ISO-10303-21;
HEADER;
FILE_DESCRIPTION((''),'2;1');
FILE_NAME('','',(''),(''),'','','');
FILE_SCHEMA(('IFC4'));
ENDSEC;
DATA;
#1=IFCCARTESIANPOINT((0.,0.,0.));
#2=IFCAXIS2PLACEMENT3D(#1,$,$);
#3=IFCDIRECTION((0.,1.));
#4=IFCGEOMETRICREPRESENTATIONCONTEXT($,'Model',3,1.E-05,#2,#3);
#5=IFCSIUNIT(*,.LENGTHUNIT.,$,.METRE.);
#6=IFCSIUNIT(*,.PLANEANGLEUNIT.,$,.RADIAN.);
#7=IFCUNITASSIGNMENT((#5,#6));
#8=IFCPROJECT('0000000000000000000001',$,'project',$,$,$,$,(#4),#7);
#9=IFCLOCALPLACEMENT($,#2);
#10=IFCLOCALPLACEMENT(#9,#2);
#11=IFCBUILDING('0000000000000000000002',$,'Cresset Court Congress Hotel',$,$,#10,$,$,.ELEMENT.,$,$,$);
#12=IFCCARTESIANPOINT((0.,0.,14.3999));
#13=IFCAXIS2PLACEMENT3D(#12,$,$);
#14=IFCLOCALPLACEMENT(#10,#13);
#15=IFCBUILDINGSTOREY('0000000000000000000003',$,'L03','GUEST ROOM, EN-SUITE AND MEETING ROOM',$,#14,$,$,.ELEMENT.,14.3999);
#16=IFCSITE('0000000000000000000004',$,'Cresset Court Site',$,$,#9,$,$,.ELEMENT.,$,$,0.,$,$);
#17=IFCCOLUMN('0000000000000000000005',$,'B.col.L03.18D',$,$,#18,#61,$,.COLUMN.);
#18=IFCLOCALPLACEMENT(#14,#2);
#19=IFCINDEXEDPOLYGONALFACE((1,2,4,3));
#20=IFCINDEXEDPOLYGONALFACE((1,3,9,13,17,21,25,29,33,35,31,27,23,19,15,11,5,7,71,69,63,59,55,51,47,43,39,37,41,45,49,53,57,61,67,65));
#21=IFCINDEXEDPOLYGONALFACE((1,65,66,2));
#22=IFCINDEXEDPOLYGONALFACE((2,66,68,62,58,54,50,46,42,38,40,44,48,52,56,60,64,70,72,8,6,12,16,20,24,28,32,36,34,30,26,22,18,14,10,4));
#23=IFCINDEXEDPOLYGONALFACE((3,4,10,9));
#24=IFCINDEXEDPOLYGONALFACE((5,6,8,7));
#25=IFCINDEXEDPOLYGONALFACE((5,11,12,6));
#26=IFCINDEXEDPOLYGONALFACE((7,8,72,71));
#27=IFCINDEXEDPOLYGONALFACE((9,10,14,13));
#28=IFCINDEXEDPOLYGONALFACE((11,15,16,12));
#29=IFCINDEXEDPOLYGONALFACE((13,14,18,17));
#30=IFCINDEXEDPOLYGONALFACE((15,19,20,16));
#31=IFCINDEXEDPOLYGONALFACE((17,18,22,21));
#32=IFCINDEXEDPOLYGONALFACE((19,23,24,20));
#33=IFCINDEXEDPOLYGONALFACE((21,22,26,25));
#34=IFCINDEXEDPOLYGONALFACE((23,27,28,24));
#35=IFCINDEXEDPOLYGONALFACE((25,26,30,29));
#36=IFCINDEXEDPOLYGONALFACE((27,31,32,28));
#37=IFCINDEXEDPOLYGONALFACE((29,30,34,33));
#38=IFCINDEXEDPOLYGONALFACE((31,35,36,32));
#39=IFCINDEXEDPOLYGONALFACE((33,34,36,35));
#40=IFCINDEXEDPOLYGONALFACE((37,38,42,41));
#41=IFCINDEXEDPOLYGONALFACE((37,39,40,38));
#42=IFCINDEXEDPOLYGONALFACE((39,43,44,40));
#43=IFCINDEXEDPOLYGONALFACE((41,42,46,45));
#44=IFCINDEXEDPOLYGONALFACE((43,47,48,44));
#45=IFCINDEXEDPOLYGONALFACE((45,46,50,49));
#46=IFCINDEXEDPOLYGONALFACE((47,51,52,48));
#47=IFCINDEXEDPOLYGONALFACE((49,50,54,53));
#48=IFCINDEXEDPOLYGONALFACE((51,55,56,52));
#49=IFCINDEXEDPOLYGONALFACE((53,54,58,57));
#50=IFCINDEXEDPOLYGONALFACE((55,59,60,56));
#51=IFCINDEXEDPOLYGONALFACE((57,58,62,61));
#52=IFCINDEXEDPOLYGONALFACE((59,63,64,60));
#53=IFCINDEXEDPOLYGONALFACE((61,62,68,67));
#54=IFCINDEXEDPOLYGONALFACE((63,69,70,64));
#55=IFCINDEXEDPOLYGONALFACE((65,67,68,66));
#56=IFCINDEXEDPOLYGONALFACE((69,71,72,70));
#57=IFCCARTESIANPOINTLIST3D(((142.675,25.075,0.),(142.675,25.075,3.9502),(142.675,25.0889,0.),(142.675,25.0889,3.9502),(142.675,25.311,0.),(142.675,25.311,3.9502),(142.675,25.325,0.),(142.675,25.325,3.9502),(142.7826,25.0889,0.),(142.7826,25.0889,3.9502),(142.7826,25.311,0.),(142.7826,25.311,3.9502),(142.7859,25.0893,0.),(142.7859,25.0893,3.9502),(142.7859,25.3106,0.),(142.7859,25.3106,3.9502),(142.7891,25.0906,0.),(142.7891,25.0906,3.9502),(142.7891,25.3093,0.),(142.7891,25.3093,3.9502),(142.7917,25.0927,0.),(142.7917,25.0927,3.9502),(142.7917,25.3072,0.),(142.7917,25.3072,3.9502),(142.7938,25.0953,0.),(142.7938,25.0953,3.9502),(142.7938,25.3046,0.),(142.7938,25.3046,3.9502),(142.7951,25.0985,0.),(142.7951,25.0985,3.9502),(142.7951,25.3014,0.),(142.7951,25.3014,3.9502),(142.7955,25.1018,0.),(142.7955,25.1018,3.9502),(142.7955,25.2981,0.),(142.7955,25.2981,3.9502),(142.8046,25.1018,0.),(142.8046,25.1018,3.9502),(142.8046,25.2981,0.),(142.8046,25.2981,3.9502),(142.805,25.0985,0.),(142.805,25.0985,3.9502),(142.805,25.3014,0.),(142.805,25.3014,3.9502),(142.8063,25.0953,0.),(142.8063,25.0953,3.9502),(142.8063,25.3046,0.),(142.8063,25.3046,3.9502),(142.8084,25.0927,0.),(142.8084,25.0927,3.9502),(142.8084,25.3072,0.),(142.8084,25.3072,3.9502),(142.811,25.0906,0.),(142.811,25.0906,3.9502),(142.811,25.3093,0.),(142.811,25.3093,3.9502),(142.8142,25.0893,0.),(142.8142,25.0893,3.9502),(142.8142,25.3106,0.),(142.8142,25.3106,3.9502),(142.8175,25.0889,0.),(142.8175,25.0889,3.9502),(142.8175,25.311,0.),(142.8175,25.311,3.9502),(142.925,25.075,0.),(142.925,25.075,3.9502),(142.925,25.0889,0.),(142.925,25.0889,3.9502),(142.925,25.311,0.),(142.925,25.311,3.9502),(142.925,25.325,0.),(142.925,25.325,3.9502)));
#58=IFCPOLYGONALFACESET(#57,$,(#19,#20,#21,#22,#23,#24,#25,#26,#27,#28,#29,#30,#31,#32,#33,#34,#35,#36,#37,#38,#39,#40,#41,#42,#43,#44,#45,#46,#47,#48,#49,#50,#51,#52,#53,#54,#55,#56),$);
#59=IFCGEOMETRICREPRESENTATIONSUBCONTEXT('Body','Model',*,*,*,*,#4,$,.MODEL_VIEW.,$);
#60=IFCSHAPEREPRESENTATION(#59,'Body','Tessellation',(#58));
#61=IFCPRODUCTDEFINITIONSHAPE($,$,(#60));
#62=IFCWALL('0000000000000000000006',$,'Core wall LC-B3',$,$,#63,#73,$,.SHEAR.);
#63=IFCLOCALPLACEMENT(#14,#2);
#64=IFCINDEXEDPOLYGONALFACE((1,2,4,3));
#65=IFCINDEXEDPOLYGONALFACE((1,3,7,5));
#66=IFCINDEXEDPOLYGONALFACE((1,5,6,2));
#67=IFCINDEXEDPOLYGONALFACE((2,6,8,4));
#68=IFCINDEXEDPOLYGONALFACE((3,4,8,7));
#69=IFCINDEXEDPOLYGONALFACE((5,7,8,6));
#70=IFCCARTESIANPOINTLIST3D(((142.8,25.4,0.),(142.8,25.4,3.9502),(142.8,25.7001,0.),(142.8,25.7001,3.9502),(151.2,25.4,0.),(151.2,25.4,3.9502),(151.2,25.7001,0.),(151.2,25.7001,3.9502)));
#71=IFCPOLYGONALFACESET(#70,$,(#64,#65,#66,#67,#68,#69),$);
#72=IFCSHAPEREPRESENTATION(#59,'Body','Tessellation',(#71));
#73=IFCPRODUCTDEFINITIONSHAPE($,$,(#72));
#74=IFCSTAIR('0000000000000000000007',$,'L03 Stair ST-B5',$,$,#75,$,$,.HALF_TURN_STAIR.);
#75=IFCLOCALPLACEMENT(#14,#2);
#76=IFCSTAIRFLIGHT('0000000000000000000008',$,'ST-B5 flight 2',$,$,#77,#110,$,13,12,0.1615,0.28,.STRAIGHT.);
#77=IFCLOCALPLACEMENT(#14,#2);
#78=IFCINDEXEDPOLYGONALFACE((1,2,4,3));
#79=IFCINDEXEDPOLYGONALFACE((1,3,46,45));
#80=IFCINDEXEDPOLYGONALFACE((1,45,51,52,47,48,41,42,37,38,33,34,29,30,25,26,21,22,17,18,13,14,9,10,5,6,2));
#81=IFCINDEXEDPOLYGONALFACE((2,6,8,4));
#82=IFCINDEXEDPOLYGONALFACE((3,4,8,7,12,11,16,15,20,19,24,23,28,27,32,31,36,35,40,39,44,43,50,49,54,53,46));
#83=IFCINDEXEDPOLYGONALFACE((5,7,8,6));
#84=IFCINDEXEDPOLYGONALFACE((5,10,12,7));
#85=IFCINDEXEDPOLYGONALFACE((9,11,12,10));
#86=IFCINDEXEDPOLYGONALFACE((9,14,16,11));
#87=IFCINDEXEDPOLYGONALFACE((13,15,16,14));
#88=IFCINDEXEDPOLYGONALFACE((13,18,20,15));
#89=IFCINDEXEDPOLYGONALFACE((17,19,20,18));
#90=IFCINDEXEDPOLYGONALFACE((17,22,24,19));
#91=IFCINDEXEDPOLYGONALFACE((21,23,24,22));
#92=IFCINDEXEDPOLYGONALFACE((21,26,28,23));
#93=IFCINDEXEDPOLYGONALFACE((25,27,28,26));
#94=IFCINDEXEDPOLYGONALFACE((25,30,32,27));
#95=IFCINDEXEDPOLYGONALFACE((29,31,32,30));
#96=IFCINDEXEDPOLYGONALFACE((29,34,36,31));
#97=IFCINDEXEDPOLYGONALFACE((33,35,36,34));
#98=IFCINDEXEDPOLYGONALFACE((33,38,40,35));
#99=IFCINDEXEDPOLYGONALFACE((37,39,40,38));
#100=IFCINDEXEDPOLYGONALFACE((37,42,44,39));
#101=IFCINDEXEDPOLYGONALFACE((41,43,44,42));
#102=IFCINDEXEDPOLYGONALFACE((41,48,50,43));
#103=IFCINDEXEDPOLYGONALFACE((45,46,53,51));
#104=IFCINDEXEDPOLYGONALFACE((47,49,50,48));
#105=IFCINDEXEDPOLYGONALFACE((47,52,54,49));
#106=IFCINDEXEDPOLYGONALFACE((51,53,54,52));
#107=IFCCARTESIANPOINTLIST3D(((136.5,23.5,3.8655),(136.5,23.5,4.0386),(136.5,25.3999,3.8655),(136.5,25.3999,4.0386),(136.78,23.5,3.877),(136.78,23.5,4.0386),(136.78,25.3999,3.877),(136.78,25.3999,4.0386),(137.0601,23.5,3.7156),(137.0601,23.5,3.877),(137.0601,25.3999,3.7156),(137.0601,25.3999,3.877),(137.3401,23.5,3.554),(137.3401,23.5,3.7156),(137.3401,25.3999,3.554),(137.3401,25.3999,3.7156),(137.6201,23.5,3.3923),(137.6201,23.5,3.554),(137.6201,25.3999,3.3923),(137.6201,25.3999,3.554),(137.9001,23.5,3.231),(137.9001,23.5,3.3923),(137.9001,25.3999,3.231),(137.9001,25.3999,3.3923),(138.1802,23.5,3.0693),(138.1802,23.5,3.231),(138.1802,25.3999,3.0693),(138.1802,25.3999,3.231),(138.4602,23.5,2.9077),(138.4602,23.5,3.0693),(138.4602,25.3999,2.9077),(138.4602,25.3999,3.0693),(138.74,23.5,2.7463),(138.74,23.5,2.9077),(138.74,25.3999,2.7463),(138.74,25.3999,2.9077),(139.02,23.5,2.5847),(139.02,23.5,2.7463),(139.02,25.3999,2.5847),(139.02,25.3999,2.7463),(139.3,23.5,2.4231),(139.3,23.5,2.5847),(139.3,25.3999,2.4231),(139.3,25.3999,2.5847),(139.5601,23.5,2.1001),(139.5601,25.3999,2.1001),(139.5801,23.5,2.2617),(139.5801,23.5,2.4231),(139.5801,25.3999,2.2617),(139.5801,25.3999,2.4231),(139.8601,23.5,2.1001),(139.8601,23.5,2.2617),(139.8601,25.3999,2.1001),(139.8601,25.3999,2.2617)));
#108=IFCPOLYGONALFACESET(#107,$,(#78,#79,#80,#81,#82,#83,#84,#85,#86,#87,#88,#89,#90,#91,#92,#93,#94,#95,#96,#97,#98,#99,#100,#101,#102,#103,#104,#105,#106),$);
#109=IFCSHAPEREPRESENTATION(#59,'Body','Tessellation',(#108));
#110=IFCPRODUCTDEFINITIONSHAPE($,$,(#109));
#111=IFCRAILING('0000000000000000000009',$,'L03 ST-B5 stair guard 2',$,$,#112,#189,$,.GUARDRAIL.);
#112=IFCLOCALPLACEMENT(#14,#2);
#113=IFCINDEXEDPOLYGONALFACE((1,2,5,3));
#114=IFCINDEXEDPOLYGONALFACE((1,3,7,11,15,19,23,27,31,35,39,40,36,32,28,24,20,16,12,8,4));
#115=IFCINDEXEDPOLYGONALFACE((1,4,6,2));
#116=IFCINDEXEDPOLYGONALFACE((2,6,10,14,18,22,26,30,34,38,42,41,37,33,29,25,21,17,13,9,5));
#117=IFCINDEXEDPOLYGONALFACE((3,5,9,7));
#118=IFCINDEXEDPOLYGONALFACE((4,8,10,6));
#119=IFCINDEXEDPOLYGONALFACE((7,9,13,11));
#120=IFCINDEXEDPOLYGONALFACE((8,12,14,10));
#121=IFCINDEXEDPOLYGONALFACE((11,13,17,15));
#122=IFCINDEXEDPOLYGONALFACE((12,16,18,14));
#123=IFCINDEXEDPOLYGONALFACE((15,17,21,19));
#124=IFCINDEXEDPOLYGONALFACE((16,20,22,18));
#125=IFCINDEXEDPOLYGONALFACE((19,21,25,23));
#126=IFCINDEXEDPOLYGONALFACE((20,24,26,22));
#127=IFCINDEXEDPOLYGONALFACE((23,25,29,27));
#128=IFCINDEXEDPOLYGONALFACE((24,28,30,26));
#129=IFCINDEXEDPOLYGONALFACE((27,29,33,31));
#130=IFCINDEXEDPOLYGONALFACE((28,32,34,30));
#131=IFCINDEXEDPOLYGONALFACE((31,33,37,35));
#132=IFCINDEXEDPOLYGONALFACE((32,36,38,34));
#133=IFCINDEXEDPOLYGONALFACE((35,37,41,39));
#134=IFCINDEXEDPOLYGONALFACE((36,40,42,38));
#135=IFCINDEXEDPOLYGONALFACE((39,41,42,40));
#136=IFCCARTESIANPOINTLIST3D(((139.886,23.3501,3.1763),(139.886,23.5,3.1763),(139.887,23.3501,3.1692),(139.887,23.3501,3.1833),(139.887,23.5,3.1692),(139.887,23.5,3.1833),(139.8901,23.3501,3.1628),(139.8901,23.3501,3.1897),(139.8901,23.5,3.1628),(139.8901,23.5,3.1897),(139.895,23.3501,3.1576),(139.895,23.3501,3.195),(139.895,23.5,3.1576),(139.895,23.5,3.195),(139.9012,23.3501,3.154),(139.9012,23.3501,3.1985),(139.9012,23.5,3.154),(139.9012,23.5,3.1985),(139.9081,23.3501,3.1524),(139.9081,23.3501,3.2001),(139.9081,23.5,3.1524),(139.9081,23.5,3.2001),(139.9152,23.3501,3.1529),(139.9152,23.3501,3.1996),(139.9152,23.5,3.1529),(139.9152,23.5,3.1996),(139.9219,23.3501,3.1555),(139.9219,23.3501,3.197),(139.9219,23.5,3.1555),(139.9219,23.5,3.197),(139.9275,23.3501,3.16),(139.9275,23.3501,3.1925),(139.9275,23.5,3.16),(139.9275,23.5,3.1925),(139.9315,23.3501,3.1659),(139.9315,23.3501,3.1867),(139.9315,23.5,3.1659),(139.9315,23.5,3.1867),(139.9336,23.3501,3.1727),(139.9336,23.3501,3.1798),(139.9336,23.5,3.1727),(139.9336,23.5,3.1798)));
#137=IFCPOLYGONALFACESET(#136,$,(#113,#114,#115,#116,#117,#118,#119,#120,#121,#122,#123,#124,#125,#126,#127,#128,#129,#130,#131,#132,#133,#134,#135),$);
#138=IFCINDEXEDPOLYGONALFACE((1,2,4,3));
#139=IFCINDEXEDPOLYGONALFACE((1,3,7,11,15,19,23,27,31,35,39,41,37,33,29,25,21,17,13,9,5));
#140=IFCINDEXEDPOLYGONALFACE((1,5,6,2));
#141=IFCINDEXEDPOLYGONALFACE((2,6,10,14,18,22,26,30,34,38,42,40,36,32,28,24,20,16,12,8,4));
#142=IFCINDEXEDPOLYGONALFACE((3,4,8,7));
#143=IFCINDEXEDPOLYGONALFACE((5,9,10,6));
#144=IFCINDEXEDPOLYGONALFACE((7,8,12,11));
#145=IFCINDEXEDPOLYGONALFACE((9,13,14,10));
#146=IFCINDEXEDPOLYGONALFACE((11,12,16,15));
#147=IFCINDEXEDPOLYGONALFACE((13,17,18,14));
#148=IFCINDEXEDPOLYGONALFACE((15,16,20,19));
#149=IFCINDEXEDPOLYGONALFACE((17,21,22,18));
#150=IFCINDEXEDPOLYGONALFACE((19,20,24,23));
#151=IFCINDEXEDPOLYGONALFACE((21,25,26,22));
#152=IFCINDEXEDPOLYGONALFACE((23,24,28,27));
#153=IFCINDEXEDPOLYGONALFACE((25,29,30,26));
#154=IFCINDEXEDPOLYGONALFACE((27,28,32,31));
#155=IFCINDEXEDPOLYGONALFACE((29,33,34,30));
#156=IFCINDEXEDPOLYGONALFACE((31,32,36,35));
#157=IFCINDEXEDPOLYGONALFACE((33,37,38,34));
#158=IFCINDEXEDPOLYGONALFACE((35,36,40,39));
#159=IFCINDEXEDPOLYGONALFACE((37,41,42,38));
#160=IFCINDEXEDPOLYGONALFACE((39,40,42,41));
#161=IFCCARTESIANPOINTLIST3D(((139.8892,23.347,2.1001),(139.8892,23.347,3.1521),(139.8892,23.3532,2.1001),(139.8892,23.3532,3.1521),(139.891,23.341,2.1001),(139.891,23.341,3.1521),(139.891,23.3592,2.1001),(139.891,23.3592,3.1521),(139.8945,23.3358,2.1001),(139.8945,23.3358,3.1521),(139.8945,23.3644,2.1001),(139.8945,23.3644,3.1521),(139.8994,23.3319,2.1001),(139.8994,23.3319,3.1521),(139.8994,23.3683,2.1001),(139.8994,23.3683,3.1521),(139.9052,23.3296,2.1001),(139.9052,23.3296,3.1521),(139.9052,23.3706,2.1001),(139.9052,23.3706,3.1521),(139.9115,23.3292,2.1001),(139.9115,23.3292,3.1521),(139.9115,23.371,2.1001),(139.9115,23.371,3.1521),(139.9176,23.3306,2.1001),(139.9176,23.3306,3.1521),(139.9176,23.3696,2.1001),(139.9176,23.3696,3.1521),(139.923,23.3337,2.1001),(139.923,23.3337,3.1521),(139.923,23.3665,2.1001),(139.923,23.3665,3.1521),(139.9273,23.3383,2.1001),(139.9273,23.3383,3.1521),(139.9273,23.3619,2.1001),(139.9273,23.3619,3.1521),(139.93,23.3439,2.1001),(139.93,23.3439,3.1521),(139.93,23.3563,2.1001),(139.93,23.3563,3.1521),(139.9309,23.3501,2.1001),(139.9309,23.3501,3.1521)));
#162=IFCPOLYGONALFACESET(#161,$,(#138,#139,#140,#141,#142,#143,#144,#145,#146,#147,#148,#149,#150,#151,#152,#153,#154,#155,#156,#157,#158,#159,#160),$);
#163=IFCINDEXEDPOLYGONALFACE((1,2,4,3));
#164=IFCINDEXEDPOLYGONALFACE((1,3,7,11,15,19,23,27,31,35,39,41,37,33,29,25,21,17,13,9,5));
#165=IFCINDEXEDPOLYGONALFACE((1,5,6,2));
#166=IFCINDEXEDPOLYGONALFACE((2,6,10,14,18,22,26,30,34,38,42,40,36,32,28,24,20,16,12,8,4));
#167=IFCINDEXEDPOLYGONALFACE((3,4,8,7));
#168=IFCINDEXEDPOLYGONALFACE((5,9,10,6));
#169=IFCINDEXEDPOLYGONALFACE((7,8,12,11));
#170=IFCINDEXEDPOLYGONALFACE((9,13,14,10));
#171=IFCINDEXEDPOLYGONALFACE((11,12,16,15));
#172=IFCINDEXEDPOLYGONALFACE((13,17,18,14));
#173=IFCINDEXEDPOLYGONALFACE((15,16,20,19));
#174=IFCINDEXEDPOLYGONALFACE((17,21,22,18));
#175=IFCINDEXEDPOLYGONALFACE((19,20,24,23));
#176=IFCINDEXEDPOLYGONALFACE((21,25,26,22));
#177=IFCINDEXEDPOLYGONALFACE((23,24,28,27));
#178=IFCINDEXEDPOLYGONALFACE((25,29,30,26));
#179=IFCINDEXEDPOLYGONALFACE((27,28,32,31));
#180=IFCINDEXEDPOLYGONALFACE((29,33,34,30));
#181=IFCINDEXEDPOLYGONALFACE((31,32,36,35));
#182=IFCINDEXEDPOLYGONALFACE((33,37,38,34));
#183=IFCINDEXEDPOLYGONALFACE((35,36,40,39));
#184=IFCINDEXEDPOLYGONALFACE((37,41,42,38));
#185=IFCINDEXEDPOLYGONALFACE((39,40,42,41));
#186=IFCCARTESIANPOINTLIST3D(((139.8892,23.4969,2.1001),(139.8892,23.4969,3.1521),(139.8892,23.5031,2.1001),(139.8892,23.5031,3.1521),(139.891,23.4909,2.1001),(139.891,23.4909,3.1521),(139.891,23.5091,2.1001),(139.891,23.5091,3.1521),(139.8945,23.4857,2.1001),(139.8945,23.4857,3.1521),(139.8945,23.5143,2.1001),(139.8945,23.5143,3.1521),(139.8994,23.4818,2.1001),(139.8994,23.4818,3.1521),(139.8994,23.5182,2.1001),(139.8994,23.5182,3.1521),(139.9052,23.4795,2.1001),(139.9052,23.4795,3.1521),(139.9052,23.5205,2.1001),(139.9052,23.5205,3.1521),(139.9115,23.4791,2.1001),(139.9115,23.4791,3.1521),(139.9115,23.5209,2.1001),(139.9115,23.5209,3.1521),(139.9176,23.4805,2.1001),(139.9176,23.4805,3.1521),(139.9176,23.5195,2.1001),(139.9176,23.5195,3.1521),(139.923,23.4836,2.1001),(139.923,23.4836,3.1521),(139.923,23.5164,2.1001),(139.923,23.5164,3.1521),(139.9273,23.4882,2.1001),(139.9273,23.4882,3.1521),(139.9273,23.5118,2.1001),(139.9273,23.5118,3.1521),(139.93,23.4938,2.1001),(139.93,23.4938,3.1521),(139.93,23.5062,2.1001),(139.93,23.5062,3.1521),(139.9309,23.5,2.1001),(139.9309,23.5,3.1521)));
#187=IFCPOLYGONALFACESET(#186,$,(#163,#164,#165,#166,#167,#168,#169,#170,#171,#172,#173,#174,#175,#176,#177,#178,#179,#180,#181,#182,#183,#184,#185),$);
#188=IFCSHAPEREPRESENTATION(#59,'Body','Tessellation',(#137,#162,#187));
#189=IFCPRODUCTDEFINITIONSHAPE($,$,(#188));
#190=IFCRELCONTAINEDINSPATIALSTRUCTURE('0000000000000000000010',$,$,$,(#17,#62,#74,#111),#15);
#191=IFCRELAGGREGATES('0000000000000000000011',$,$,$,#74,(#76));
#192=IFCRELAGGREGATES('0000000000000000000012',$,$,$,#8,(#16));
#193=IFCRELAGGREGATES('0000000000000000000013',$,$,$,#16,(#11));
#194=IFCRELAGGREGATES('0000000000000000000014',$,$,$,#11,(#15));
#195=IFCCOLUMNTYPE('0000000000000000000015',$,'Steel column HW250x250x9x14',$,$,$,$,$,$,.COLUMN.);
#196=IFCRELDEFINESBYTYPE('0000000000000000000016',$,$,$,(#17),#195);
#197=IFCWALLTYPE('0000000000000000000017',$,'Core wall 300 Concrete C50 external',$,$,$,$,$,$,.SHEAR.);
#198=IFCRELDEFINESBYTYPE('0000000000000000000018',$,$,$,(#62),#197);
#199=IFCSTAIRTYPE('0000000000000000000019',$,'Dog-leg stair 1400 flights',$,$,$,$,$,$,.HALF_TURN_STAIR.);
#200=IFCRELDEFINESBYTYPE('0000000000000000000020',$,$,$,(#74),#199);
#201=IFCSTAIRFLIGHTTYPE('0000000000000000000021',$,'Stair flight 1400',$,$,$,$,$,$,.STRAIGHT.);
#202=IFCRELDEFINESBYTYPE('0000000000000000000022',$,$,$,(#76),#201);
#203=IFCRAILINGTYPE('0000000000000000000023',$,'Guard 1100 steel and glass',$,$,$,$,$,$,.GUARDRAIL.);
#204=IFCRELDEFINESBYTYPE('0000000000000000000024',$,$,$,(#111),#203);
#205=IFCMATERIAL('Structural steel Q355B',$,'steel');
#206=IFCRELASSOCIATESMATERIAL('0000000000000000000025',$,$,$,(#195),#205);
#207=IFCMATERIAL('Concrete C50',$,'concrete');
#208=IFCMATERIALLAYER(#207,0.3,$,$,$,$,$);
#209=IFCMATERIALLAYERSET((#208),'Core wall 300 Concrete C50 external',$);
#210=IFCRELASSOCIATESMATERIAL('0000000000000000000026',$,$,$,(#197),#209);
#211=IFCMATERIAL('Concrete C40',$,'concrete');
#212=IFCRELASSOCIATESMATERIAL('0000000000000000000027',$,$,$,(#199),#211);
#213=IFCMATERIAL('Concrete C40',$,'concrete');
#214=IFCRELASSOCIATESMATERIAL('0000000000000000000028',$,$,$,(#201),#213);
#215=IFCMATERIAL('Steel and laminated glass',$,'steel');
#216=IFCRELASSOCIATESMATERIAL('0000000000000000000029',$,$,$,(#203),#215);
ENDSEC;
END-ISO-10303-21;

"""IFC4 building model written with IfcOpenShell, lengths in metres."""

from ifc_helpers import new_model, si_unit, direction, frame, frame_2d, origin, origin_2d, place, context, subcontext, project, spatial, polyline, rectangle, circle, i_section, outline, extrude, material, layer, layer_set, material_profile, profile_set, type_object, element, aggregate, save


model = new_model("IFC4")

# Units and contexts
model_context = context("Model", 3, precision=1e-05, world=origin(), true_north=direction((0.0, 1.0)))
body_context = subcontext(model_context, "Body", "Model", "MODEL_VIEW")
ifc_project = project(units=[si_unit("LENGTHUNIT", "METRE"), si_unit("PLANEANGLEUNIT", "RADIAN")], contexts=[model_context])

# Site, building, storey
site_placement = place(None, origin())
site = spatial("IfcSite", under=ifc_project, at=site_placement, Name="Cresset Court Site", CompositionType="ELEMENT", RefElevation=0.0)
building_placement = place(site_placement, origin())
building = spatial("IfcBuilding", under=site, at=building_placement, Name="Cresset Court Congress Hotel", CompositionType="ELEMENT")
storey_placement = place(building_placement, frame((0.0, 0.0, 14.3999)))
storey = spatial("IfcBuildingStorey", under=building, at=storey_placement, Name="L03", Description="GUEST ROOM, EN-SUITE AND MEETING ROOM", CompositionType="ELEMENT", Elevation=14.3999)

# Column
ifc_material_1 = material(Name="Structural steel Q355B", Category="steel")
ifc_material_profile = material_profile(ifc_material_1, i_section(OverallWidth=0.25, OverallDepth=0.25, WebThickness=0.009, FlangeThickness=0.0139, FilletRadius=0.0129, at=origin_2d()), Name="HW250x250x9x14")
ifc_profile_set = profile_set([ifc_material_profile], Name="Structural steel Q355B")
column_type = type_object("IfcColumnType", Name="Steel column HW250x250x9x14", PredefinedType="COLUMN", material=ifc_profile_set)
column_placement = place(storey_placement, frame((142.8, 25.2, 0.0), z_axis=(0.0, 0.0, 1.0), x_axis=(1.0, 0.0, 0.0)))
element("IfcColumn", 1, at=column_placement, inside=storey, type_object=column_type, Name="B.col.L03.18D", PredefinedType="COLUMN", context=body_context, shape_type="SweptSolid", body=[
    extrude(i_section(OverallWidth=0.25, OverallDepth=0.25, WebThickness=0.009, FlangeThickness=0.0139, FilletRadius=0.0129, at=origin_2d()), origin(), (0.0, 0.0, 1.0), 3.9502),
])

# Wall
ifc_material_2 = material(Name="Concrete C50", Category="concrete")
ifc_layer = layer(ifc_material_2, 0.3)
ifc_layer_set = layer_set([ifc_layer], Name="Core wall 300 Concrete C50 external")
wall_type = type_object("IfcWallType", Name="Core wall 300 Concrete C50 external", PredefinedType="SHEAR", material=ifc_layer_set)
wall_placement = place(storey_placement, frame((142.8, 25.55, 0.0), z_axis=(0.0, 0.0, 1.0), x_axis=(1.0, 0.0, 0.0)))
element("IfcWall", 2, at=wall_placement, inside=storey, type_object=wall_type, Name="Core wall LC-B3", PredefinedType="SHEAR", context=body_context, shape_type="SweptSolid", body=[
    extrude(rectangle(XDim=8.3999, YDim=0.3, at=frame_2d((4.2, 0.0))), origin(), (0.0, 0.0, 1.0), 3.9502),
])

# Stair, stair flight
ifc_material_3 = material(Name="Concrete C40", Category="concrete")
stair_type = type_object("IfcStairType", Name="Dog-leg stair 1400 flights", PredefinedType="HALF_TURN_STAIR", material=ifc_material_3)
stair_placement = place(storey_placement, origin())
stair = element("IfcStair", 3, at=stair_placement, inside=storey, type_object=stair_type, Name="L03 Stair ST-B5", PredefinedType="HALF_TURN_STAIR")
ifc_material_4 = material(Name="Concrete C40", Category="concrete")
stair_flight_type = type_object("IfcStairFlightType", Name="Stair flight 1400", PredefinedType="STRAIGHT", material=ifc_material_4)
stair_flight_placement = place(storey_placement, frame((139.8601, 24.45, 2.1001), z_axis=(0.0, 0.0, 1.0), x_axis=(-1.0, 0.0, 0.0)))
stair_flight = element("IfcStairFlight", 4, at=stair_flight_placement, type_object=stair_flight_type, Name="ST-B5 flight 2", NumberOfRisers=13, NumberOfTreads=12, PredefinedType="STRAIGHT", RiserHeight=0.1615, TreadLength=0.28, context=body_context, shape_type="SweptSolid", body=[
    extrude(outline(polyline([(0.0, 0.0), (0.0, 0.1616), (0.28, 0.1616), (0.28, 0.323), (0.5601, 0.323), (0.5601, 0.4846), (0.8401, 0.4846), (0.8401, 0.6462), (1.1201, 0.6462), (1.1201, 0.8076), (1.3999, 0.8076), (1.3999, 0.9692), (1.6799, 0.9692), (1.6799, 1.1309), (1.96, 1.1309), (1.96, 1.2922), (2.24, 1.2922), (2.24, 1.4539), (2.52, 1.4539), (2.52, 1.6155), (2.8, 1.6155), (2.8, 1.7769), (3.0801, 1.7769), (3.0801, 1.9385), (3.3601, 1.9385), (3.3601, 2.1001), (3.3601, 1.7654), (0.3, 0.0), (0.0, 0.0)])), frame((0.0, 0.95, 0.0), z_axis=(0.0, -1.0, 0.0), x_axis=(1.0, 0.0, 0.0)), (0.0, 0.0, 1.0), 1.8999),
])
aggregate(stair, [stair_flight])

# Railing
ifc_material_5 = material(Name="Steel and laminated glass", Category="steel")
railing_type_1 = type_object("IfcRailingType", Name="Guard 1100 steel and glass", PredefinedType="GUARDRAIL", material=ifc_material_5)
railing_1_placement = place(storey_placement, frame((139.9099, 23.3501, 2.1001)))
element("IfcRailing", 5, at=railing_1_placement, inside=storey, type_object=railing_type_1, Name="L03 ST-B5 stair guard 2", PredefinedType="GUARDRAIL", context=body_context, shape_type="SweptSolid", body=[
    extrude(circle(Radius=0.0239, at=origin_2d()), frame((0.0, 0.0, 1.0762), z_axis=(0.0, 1.0, 0.0), x_axis=(-1.0, 0.0, 0.0)), (0.0, 0.0, 1.0), 0.1499),
    extrude(circle(Radius=0.021, at=origin_2d()), origin(), (0.0, 0.0, 1.0), 1.052),
    extrude(circle(Radius=0.021, at=origin_2d()), frame((0.0, 0.1499, 0.0)), (0.0, 0.0, 1.0), 1.052),
])

save(model, "model.ifc")
